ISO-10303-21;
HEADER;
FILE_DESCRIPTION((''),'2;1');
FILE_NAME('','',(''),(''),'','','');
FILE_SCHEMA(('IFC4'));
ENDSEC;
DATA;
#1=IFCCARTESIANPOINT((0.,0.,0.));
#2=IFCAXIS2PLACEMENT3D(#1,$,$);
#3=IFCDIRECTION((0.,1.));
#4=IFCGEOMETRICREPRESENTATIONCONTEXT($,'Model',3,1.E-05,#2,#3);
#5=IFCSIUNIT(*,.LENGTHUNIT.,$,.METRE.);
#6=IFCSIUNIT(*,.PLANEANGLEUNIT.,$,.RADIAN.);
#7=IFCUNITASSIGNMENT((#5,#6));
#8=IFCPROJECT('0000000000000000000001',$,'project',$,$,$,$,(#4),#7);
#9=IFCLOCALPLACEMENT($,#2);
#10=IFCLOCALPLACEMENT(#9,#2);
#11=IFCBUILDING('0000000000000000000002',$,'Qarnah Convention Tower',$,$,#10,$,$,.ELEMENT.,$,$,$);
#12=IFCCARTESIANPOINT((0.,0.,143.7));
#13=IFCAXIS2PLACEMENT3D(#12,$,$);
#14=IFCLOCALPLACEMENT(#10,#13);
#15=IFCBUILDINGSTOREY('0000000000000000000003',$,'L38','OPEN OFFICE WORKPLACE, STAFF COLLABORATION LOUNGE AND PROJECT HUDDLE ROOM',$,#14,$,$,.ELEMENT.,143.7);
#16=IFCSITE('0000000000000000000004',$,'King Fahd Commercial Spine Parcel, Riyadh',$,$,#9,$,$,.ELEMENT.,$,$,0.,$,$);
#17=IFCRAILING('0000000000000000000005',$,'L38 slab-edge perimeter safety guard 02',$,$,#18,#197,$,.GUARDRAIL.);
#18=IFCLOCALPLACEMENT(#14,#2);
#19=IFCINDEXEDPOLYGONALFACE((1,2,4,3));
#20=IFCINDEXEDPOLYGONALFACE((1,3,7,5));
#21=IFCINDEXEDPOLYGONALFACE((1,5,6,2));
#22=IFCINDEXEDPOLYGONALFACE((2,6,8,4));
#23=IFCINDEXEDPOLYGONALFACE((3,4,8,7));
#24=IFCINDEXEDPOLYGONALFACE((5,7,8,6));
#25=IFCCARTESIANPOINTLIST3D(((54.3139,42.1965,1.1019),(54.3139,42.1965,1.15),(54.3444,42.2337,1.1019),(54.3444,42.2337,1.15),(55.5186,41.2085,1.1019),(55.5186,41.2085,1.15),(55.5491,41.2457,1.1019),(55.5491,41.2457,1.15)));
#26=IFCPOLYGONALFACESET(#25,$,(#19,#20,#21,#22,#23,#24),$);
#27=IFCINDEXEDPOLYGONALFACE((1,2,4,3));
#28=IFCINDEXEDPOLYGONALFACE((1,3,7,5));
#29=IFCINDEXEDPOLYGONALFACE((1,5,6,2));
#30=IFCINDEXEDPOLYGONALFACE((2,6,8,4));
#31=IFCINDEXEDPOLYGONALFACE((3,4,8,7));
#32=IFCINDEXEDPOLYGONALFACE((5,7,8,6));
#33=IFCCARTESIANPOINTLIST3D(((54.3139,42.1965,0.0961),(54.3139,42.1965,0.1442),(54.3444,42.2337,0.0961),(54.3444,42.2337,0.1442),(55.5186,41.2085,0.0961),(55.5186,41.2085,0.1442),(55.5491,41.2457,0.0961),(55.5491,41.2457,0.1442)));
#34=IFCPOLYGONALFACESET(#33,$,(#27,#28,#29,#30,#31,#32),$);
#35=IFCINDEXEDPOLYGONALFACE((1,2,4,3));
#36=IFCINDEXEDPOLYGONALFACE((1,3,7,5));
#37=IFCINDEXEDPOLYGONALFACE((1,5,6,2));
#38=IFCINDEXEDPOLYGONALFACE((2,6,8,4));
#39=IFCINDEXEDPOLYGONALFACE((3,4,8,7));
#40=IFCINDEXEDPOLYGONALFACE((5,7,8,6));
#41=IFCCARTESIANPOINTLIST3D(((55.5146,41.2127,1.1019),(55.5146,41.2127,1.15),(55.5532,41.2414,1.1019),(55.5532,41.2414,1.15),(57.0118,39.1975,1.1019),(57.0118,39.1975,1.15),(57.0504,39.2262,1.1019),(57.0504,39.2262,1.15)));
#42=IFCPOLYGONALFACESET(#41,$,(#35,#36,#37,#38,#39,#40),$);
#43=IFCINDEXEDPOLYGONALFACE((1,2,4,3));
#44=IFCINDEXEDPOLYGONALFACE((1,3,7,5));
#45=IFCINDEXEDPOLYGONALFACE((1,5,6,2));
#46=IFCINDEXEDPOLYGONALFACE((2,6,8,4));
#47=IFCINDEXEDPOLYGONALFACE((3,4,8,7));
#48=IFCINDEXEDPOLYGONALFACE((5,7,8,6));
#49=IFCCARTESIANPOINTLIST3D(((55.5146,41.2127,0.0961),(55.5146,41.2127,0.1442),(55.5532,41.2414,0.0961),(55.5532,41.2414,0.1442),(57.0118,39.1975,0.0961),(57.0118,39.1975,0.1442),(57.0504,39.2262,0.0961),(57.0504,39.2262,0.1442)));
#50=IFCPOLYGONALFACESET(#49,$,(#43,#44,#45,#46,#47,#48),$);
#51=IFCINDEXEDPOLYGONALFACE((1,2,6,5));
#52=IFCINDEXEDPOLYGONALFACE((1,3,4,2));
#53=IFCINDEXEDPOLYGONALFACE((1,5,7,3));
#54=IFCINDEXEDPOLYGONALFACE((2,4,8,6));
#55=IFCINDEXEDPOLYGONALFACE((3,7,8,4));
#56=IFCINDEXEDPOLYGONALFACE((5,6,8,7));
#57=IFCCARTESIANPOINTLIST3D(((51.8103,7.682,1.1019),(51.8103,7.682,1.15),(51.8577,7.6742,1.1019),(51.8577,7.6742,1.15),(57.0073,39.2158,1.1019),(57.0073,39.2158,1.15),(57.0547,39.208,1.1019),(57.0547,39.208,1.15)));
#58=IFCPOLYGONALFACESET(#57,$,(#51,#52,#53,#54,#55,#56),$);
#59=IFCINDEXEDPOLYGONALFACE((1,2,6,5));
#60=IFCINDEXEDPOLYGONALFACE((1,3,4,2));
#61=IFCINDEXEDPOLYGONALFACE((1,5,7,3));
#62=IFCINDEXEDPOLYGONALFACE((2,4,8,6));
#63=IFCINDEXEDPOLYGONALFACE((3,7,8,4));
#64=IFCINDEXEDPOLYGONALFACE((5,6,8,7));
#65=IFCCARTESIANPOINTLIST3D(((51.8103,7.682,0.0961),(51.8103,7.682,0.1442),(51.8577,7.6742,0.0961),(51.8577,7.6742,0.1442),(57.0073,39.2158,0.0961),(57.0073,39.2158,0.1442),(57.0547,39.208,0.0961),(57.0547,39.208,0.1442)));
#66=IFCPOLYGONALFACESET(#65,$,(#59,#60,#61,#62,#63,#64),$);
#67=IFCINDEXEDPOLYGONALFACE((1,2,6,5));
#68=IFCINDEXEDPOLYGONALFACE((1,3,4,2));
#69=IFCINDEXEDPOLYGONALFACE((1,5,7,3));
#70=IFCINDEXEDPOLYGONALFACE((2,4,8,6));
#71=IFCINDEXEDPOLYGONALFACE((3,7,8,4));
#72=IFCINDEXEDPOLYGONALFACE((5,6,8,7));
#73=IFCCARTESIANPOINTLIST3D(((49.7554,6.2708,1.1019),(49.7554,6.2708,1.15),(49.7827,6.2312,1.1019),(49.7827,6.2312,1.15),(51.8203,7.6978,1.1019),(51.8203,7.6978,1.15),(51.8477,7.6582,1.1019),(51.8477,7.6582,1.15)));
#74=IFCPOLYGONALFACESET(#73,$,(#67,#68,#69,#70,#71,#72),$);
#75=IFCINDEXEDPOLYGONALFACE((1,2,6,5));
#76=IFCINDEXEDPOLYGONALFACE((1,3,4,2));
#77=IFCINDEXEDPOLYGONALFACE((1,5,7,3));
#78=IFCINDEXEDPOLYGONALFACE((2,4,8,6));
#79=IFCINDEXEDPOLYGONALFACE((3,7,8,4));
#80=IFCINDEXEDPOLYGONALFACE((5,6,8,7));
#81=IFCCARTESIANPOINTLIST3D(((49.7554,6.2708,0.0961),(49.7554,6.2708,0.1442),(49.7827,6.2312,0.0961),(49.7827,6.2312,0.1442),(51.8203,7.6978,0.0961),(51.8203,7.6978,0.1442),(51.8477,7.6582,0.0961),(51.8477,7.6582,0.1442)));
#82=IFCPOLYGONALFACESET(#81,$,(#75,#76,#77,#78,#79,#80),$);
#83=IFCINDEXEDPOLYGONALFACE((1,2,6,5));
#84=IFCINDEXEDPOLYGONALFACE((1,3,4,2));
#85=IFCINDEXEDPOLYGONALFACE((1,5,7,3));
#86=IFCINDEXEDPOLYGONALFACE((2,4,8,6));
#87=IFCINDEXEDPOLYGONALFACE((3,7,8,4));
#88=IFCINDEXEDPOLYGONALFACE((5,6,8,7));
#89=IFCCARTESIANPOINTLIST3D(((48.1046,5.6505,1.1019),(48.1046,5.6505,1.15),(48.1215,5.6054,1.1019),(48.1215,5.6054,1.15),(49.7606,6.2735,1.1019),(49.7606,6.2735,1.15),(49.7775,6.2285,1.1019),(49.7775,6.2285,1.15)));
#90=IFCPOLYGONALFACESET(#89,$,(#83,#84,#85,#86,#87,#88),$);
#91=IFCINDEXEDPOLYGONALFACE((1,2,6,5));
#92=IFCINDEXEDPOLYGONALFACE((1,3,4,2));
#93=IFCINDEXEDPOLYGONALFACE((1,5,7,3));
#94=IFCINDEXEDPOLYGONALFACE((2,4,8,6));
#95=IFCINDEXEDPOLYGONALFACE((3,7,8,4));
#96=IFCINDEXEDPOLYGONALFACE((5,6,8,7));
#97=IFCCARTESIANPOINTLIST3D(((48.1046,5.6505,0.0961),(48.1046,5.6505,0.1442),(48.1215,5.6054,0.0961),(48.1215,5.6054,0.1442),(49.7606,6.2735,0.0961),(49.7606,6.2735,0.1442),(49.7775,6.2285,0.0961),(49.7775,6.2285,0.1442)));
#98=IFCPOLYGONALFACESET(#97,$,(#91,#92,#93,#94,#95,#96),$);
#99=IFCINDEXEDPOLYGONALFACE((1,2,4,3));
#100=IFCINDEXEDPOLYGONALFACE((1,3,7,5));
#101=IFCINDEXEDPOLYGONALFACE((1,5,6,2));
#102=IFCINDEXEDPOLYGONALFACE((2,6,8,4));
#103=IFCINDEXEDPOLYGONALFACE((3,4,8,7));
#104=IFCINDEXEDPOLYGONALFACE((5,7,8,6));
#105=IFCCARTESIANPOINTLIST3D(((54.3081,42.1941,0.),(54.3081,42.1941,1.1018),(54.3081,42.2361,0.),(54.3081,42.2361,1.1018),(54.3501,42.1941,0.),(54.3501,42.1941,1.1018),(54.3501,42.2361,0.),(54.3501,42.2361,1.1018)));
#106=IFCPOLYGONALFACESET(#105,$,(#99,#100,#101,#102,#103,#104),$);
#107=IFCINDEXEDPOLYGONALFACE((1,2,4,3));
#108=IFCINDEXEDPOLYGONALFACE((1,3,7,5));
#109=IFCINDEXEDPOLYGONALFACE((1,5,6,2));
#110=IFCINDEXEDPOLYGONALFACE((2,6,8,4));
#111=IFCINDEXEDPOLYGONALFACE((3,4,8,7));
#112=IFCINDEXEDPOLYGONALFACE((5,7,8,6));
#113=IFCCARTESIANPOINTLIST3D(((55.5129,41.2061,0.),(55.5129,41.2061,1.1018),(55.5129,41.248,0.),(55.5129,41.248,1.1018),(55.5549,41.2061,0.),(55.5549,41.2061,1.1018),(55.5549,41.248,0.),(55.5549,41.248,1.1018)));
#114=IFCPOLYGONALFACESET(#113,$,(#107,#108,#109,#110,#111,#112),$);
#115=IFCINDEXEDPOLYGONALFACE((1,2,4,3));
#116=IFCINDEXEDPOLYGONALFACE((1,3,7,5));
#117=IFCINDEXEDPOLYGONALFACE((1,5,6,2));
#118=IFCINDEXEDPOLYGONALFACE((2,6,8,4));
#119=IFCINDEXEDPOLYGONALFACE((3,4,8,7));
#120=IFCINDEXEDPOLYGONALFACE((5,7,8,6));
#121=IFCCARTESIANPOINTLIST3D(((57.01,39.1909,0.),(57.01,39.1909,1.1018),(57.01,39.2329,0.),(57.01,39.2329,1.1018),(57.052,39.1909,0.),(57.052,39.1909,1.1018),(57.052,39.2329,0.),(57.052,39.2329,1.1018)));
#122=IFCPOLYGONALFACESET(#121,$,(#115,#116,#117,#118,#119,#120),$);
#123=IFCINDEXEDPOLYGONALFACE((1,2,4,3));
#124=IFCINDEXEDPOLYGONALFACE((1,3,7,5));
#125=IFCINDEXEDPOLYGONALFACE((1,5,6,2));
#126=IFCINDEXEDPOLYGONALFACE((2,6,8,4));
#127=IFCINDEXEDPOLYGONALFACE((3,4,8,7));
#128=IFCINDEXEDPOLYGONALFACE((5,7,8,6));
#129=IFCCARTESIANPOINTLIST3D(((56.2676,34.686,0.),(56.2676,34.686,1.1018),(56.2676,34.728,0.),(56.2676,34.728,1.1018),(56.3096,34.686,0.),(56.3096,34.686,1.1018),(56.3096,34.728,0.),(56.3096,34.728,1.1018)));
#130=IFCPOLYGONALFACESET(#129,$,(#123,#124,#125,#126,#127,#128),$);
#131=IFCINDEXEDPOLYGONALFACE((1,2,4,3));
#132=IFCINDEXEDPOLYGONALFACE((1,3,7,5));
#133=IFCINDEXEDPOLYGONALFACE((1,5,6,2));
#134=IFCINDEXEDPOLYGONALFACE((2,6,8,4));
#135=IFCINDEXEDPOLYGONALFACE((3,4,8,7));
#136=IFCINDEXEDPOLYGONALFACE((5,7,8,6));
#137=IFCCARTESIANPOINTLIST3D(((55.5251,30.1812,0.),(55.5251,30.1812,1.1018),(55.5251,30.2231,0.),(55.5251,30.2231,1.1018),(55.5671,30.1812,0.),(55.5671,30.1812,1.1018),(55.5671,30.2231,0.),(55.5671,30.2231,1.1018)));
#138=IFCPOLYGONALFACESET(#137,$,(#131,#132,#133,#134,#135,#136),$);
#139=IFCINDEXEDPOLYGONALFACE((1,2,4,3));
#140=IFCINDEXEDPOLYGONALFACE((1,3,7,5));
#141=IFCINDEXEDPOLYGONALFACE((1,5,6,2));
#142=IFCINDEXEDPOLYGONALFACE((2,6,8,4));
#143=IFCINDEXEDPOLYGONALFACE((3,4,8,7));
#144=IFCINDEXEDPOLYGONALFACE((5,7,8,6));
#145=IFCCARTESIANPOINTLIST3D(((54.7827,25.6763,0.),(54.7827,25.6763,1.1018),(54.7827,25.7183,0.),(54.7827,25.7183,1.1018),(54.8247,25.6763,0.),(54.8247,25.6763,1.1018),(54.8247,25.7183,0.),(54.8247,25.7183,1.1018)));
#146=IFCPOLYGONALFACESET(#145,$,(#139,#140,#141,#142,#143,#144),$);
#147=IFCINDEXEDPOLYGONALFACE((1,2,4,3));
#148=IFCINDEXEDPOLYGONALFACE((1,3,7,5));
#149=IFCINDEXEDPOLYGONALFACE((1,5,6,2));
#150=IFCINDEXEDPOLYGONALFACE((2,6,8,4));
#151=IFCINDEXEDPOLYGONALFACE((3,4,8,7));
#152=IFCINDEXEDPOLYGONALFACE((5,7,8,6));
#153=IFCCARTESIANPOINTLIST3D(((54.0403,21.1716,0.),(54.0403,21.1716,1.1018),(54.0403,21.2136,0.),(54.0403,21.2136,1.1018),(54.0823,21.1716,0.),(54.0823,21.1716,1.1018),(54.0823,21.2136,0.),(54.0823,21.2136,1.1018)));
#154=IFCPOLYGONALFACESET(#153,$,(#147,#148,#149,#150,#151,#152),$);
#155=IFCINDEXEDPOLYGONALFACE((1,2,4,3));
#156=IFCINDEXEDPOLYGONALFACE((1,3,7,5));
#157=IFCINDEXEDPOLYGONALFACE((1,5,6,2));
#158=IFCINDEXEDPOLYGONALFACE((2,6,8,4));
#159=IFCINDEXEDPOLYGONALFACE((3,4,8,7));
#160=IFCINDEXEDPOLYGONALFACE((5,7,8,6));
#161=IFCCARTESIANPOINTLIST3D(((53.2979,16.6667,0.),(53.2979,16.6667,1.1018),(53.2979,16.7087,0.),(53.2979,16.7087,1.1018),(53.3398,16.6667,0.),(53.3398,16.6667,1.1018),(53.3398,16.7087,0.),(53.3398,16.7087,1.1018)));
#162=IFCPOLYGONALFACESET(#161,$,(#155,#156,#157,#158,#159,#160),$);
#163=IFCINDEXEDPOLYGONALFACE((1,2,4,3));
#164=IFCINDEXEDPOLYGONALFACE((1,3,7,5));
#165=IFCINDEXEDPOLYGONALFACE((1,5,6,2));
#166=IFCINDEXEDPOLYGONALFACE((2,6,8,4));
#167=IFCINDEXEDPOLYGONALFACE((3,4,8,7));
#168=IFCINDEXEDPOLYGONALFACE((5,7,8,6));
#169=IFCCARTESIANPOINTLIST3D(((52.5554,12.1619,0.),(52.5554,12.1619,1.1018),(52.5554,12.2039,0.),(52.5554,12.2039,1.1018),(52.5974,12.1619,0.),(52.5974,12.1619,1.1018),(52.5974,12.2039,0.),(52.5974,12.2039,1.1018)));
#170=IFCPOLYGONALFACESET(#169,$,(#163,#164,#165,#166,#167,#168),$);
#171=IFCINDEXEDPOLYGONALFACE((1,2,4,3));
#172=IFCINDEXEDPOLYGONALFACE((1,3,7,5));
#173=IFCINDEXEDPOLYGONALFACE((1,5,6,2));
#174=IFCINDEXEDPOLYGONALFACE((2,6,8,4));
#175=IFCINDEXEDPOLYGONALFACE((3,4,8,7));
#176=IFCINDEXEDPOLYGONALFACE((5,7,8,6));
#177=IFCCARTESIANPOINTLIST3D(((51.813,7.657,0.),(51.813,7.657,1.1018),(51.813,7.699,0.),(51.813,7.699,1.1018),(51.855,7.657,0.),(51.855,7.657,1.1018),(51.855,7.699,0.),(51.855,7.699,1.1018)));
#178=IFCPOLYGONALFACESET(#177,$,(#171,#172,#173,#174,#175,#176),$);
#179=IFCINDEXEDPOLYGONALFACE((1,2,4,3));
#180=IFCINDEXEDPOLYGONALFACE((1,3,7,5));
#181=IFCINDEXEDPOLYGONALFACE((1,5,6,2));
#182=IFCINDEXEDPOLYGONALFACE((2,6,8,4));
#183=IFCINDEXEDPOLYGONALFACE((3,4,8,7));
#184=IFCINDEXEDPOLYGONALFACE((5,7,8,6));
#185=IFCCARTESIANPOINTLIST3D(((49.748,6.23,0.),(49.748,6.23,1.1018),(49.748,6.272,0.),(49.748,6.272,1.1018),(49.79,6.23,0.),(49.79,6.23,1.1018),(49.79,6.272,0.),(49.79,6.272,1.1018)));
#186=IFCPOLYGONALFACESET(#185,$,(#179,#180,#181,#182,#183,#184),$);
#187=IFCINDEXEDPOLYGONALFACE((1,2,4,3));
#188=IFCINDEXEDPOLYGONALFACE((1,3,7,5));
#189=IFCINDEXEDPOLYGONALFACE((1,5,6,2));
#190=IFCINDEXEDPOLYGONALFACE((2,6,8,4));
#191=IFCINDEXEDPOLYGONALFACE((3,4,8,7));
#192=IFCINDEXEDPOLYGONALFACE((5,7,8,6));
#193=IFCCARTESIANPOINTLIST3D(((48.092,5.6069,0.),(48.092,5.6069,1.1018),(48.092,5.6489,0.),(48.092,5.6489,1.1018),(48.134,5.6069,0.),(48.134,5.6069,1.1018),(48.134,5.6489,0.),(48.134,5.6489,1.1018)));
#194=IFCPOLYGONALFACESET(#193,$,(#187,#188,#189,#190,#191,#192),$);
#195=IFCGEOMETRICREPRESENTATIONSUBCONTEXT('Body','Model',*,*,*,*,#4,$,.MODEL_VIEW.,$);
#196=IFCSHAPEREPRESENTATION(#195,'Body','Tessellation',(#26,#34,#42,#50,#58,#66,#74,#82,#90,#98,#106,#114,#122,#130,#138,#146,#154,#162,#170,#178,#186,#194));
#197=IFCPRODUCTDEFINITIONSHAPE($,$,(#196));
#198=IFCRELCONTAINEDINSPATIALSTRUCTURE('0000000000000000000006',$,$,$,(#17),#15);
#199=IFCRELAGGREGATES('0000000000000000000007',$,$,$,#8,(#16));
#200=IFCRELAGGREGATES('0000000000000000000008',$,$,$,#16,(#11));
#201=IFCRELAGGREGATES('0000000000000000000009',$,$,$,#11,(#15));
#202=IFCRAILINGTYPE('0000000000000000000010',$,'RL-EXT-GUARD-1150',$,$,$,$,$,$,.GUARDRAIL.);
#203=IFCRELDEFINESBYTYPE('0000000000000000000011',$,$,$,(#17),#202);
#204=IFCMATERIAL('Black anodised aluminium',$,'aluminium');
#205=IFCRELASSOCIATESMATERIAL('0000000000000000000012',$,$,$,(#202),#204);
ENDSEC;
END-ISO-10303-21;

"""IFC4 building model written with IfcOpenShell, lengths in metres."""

from ifc_helpers import new_model, si_unit, direction, frame, origin, origin_2d, place, context, subcontext, project, spatial, rectangle, extrude, material, type_object, element, save


model = new_model("IFC4")

# Units and contexts
model_context = context("Model", 3, precision=1e-05, world=origin(), true_north=direction((0.0, 1.0)))
body_context = subcontext(model_context, "Body", "Model", "MODEL_VIEW")
ifc_project = project(units=[si_unit("LENGTHUNIT", "METRE"), si_unit("PLANEANGLEUNIT", "RADIAN")], contexts=[model_context])

# Site, building, storey
site_placement = place(None, origin())
site = spatial("IfcSite", under=ifc_project, at=site_placement, Name="King Fahd Commercial Spine Parcel, Riyadh", CompositionType="ELEMENT", RefElevation=0.0)
building_placement = place(site_placement, origin())
building = spatial("IfcBuilding", under=site, at=building_placement, Name="Qarnah Convention Tower", CompositionType="ELEMENT")
storey_placement = place(building_placement, frame((0.0, 0.0, 143.7)))
storey = spatial("IfcBuildingStorey", under=building, at=storey_placement, Name="L38", Description="OPEN OFFICE WORKPLACE, STAFF COLLABORATION LOUNGE AND PROJECT HUDDLE ROOM", CompositionType="ELEMENT", Elevation=143.7)

# Shared definitions
ifc_material_1 = material(Name="Black anodised aluminium", Category="aluminium")

# Railing
railing_type = type_object("IfcRailingType", Name="RL-EXT-GUARD-1150", PredefinedType="GUARDRAIL", material=ifc_material_1)
railing_1_placement = place(storey_placement, frame((54.3291, 42.2151, 0.0)))
element("IfcRailing", 1, at=railing_1_placement, inside=storey, type_object=railing_type, Name="L38 slab-edge perimeter safety guard 02", PredefinedType="GUARDRAIL", context=body_context, shape_type="SweptSolid", body=[
    extrude(rectangle(XDim=0.0481, YDim=0.0481, at=origin_2d()), frame((0.0, 0.0, 1.126), z_axis=(0.773245, -0.634108, 0.0), x_axis=(0.634108, 0.773245, 0.0)), (0.0, 0.0, 1.0), 1.5581),
    extrude(rectangle(XDim=0.0481, YDim=0.0481, at=origin_2d()), frame((0.0, 0.0, 0.1201), z_axis=(0.773245, -0.634108, 0.0), x_axis=(0.634108, 0.773245, 0.0)), (0.0, 0.0, 1.0), 1.5581),
    extrude(rectangle(XDim=0.0481, YDim=0.0481, at=origin_2d()), frame((1.2048, -0.988, 1.126), z_axis=(0.596353, -0.802723, 0.0), x_axis=(0.802723, 0.596353, 0.0)), (0.0, 0.0, 1.0), 2.5105),
    extrude(rectangle(XDim=0.0481, YDim=0.0481, at=origin_2d()), frame((1.2048, -0.988, 0.1201), z_axis=(0.596353, -0.802723, 0.0), x_axis=(0.802723, 0.596353, 0.0)), (0.0, 0.0, 1.0), 2.5105),
    extrude(rectangle(XDim=0.0481, YDim=0.0481, at=origin_2d()), frame((2.7019, -3.0032, 1.126), z_axis=(-0.162614, -0.98669, 0.0), x_axis=(0.98669, -0.162614, 0.0)), (0.0, 0.0, 1.0), 31.9592),
    extrude(rectangle(XDim=0.0481, YDim=0.0481, at=origin_2d()), frame((2.7019, -3.0032, 0.1201), z_axis=(-0.162614, -0.98669, 0.0), x_axis=(0.98669, -0.162614, 0.0)), (0.0, 0.0, 1.0), 31.9592),
    extrude(rectangle(XDim=0.0481, YDim=0.0481, at=origin_2d()), frame((-2.4951, -34.5371, 1.126), z_axis=(-0.822672, -0.568517, 0.0), x_axis=(0.568517, -0.822672, 0.0)), (0.0, 0.0, 1.0), 2.51),
    extrude(rectangle(XDim=0.0481, YDim=0.0481, at=origin_2d()), frame((-2.4951, -34.5371, 0.1201), z_axis=(-0.822672, -0.568517, 0.0), x_axis=(0.568517, -0.822672, 0.0)), (0.0, 0.0, 1.0), 2.51),
    extrude(rectangle(XDim=0.0481, YDim=0.0481, at=origin_2d()), frame((-4.5601, -35.9641, 1.126), z_axis=(-0.935949, -0.352136, 0.0), x_axis=(0.352136, -0.935949, 0.0)), (0.0, 0.0, 1.0), 1.7693),
    extrude(rectangle(XDim=0.0481, YDim=0.0481, at=origin_2d()), frame((-4.5601, -35.9641, 0.1201), z_axis=(-0.935949, -0.352136, 0.0), x_axis=(0.352136, -0.935949, 0.0)), (0.0, 0.0, 1.0), 1.7693),
    extrude(rectangle(XDim=0.042, YDim=0.042, at=origin_2d()), origin(), (0.0, 0.0, 1.0), 1.1018),
    extrude(rectangle(XDim=0.042, YDim=0.042, at=origin_2d()), frame((1.2048, -0.988, 0.0)), (0.0, 0.0, 1.0), 1.1018),
    extrude(rectangle(XDim=0.042, YDim=0.042, at=origin_2d()), frame((2.7019, -3.0032, 0.0)), (0.0, 0.0, 1.0), 1.1018),
    extrude(rectangle(XDim=0.042, YDim=0.042, at=origin_2d()), frame((1.9595, -7.5081, 0.0)), (0.0, 0.0, 1.0), 1.1018),
    extrude(rectangle(XDim=0.042, YDim=0.042, at=origin_2d()), frame((1.217, -12.0129, 0.0)), (0.0, 0.0, 1.0), 1.1018),
    extrude(rectangle(XDim=0.042, YDim=0.042, at=origin_2d()), frame((0.4746, -16.5178, 0.0)), (0.0, 0.0, 1.0), 1.1018),
    extrude(rectangle(XDim=0.042, YDim=0.042, at=origin_2d()), frame((-0.2678, -21.0225, 0.0)), (0.0, 0.0, 1.0), 1.1018),
    extrude(rectangle(XDim=0.042, YDim=0.042, at=origin_2d()), frame((-1.0103, -25.5273, 0.0)), (0.0, 0.0, 1.0), 1.1018),
    extrude(rectangle(XDim=0.042, YDim=0.042, at=origin_2d()), frame((-1.7527, -30.0322, 0.0)), (0.0, 0.0, 1.0), 1.1018),
    extrude(rectangle(XDim=0.042, YDim=0.042, at=origin_2d()), frame((-2.4951, -34.5371, 0.0)), (0.0, 0.0, 1.0), 1.1018),
    extrude(rectangle(XDim=0.042, YDim=0.042, at=origin_2d()), frame((-4.5601, -35.9641, 0.0)), (0.0, 0.0, 1.0), 1.1018),
    extrude(rectangle(XDim=0.042, YDim=0.042, at=origin_2d()), frame((-6.2161, -36.5872, 0.0)), (0.0, 0.0, 1.0), 1.1018),
])

save(model, "model.ifc")
